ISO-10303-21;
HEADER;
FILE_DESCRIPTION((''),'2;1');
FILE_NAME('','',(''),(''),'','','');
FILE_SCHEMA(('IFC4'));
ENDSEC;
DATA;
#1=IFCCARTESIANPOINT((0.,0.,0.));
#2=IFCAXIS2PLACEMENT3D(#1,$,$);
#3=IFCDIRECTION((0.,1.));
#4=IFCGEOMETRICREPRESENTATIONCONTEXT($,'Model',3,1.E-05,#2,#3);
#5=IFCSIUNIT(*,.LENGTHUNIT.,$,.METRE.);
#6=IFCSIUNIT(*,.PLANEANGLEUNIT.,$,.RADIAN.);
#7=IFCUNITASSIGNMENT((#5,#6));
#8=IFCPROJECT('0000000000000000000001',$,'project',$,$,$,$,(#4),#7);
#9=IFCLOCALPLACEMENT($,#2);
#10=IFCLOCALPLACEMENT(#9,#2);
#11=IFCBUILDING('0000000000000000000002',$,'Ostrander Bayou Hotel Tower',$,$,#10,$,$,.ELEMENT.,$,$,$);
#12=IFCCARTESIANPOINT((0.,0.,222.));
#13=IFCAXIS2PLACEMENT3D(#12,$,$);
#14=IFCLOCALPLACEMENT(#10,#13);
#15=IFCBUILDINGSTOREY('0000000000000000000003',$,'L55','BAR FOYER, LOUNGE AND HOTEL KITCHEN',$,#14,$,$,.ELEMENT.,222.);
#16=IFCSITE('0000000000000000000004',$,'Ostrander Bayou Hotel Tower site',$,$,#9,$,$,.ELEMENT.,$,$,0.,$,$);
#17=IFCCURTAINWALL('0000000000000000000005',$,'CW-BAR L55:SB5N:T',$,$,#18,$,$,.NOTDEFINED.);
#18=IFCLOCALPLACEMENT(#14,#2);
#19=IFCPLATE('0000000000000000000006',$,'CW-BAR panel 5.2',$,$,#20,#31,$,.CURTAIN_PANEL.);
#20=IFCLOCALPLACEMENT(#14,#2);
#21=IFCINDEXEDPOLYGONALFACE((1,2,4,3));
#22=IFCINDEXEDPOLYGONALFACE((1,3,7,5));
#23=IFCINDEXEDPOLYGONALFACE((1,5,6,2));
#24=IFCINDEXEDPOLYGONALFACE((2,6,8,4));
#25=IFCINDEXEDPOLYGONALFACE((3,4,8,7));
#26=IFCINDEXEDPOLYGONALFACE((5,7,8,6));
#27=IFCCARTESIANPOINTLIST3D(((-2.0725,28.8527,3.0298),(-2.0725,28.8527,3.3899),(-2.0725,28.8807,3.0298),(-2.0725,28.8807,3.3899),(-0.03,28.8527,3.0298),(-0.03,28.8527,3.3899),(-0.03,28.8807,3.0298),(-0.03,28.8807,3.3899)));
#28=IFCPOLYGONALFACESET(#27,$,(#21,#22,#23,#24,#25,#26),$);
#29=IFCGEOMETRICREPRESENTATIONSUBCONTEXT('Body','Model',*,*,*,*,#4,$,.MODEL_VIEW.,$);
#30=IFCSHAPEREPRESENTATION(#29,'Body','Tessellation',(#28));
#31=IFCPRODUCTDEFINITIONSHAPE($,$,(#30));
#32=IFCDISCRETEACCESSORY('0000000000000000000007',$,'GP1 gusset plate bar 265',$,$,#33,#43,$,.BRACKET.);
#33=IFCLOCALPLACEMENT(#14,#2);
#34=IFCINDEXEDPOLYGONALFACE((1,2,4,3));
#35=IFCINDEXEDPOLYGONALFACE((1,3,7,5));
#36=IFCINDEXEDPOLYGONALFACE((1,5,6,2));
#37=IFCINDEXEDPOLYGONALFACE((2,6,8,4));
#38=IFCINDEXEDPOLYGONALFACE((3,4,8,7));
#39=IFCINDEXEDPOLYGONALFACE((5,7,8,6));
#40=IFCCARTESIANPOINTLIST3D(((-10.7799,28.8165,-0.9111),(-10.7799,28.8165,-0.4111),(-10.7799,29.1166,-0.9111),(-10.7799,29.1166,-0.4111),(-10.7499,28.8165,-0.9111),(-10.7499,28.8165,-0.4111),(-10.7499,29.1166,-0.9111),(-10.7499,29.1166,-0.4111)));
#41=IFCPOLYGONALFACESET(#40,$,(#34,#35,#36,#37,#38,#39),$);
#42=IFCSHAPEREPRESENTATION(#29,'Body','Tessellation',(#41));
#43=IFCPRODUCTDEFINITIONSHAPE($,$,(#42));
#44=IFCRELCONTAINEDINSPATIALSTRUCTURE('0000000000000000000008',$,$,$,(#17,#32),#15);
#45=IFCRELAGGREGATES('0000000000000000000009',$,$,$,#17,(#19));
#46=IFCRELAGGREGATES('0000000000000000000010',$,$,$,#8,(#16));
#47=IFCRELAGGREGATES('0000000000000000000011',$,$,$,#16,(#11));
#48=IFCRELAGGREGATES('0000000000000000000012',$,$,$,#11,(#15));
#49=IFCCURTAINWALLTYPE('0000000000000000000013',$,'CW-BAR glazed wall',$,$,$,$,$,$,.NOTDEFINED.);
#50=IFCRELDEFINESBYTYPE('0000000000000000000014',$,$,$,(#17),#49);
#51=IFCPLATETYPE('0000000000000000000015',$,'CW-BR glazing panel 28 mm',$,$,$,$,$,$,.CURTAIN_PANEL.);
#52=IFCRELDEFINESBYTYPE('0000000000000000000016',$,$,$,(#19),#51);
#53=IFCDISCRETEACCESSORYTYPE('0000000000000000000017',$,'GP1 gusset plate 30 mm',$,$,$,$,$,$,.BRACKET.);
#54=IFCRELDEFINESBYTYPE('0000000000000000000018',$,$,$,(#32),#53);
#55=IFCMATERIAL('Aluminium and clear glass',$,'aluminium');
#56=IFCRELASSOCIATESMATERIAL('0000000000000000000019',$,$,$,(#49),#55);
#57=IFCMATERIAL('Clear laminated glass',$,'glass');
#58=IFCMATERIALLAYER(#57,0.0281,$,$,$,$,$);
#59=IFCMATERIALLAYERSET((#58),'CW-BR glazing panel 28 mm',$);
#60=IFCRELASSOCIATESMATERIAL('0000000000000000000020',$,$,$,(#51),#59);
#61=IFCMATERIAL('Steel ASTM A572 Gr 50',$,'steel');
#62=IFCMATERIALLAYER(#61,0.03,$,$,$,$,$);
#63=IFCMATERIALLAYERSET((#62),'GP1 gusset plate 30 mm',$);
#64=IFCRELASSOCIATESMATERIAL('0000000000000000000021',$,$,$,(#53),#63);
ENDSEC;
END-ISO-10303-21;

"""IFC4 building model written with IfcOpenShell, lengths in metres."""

from ifc_helpers import new_model, si_unit, direction, frame, origin, origin_2d, place, context, subcontext, project, spatial, rectangle, extrude, material, layer, layer_set, type_object, element, aggregate, save


model = new_model("IFC4")

# Units and contexts
model_context = context("Model", 3, precision=1e-05, world=origin(), true_north=direction((0.0, 1.0)))
body_context = subcontext(model_context, "Body", "Model", "MODEL_VIEW")
ifc_project = project(units=[si_unit("LENGTHUNIT", "METRE"), si_unit("PLANEANGLEUNIT", "RADIAN")], contexts=[model_context])

# Site, building, storey
site_placement = place(None, origin())
site = spatial("IfcSite", under=ifc_project, at=site_placement, Name="Ostrander Bayou Hotel Tower site", CompositionType="ELEMENT", RefElevation=0.0)
building_placement = place(site_placement, origin())
building = spatial("IfcBuilding", under=site, at=building_placement, Name="Ostrander Bayou Hotel Tower", CompositionType="ELEMENT")
storey_placement = place(building_placement, frame((0.0, 0.0, 222.0)))
storey = spatial("IfcBuildingStorey", under=building, at=storey_placement, Name="L55", Description="BAR FOYER, LOUNGE AND HOTEL KITCHEN", CompositionType="ELEMENT", Elevation=222.0)

# Shared definitions
ifc_material_1 = material(Name="Aluminium and clear glass", Category="aluminium")
curtain_wall_type = type_object("IfcCurtainWallType", Name="CW-BAR glazed wall", PredefinedType="NOTDEFINED", material=ifc_material_1)

# Curtain wall
curtain_wall_1_placement = place(storey_placement, origin())
curtain_wall_1 = element("IfcCurtainWall", 1, at=curtain_wall_1_placement, inside=storey, type_object=curtain_wall_type, Name="CW-BAR L55:SB5N:T", PredefinedType="NOTDEFINED")

# Plate
ifc_material_2 = material(Name="Clear laminated glass", Category="glass")
ifc_layer_1 = layer(ifc_material_2, 0.0281)
ifc_layer_set_1 = layer_set([ifc_layer_1], Name="CW-BR glazing panel 28 mm")
plate_type = type_object("IfcPlateType", Name="CW-BR glazing panel 28 mm", PredefinedType="CURTAIN_PANEL", material=ifc_layer_set_1)
plate_1_placement = place(storey_placement, frame((-1.0513, 28.8667, 3.0298), z_axis=(0.0, 0.0, 1.0), x_axis=(1.0, 0.0, 0.0)))
plate_1 = element("IfcPlate", 2, at=plate_1_placement, type_object=plate_type, Name="CW-BAR panel 5.2", PredefinedType="CURTAIN_PANEL", context=body_context, shape_type="SweptSolid", body=[
    extrude(rectangle(XDim=2.0425, YDim=0.0281, at=origin_2d()), origin(), (0.0, 0.0, 1.0), 0.3601),
])
aggregate(curtain_wall_1, [plate_1])

# Discrete accessory
ifc_material_3 = material(Name="Steel ASTM A572 Gr 50", Category="steel")
ifc_layer_2 = layer(ifc_material_3, 0.03)
ifc_layer_set_2 = layer_set([ifc_layer_2], Name="GP1 gusset plate 30 mm")
discrete_accessory_type = type_object("IfcDiscreteAccessoryType", Name="GP1 gusset plate 30 mm", PredefinedType="BRACKET", material=ifc_layer_set_2)
discrete_accessory_placement = place(storey_placement, frame((-10.7649, 28.9666, -0.9111), z_axis=(0.0, 0.0, 1.0), x_axis=(0.0, -1.0, 0.0)))
element("IfcDiscreteAccessory", 3, at=discrete_accessory_placement, inside=storey, type_object=discrete_accessory_type, Name="GP1 gusset plate bar 265", PredefinedType="BRACKET", context=body_context, shape_type="SweptSolid", body=[
    extrude(rectangle(XDim=0.3, YDim=0.03, at=origin_2d()), origin(), (0.0, 0.0, 1.0), 0.5),
])

save(model, "model.ifc")
